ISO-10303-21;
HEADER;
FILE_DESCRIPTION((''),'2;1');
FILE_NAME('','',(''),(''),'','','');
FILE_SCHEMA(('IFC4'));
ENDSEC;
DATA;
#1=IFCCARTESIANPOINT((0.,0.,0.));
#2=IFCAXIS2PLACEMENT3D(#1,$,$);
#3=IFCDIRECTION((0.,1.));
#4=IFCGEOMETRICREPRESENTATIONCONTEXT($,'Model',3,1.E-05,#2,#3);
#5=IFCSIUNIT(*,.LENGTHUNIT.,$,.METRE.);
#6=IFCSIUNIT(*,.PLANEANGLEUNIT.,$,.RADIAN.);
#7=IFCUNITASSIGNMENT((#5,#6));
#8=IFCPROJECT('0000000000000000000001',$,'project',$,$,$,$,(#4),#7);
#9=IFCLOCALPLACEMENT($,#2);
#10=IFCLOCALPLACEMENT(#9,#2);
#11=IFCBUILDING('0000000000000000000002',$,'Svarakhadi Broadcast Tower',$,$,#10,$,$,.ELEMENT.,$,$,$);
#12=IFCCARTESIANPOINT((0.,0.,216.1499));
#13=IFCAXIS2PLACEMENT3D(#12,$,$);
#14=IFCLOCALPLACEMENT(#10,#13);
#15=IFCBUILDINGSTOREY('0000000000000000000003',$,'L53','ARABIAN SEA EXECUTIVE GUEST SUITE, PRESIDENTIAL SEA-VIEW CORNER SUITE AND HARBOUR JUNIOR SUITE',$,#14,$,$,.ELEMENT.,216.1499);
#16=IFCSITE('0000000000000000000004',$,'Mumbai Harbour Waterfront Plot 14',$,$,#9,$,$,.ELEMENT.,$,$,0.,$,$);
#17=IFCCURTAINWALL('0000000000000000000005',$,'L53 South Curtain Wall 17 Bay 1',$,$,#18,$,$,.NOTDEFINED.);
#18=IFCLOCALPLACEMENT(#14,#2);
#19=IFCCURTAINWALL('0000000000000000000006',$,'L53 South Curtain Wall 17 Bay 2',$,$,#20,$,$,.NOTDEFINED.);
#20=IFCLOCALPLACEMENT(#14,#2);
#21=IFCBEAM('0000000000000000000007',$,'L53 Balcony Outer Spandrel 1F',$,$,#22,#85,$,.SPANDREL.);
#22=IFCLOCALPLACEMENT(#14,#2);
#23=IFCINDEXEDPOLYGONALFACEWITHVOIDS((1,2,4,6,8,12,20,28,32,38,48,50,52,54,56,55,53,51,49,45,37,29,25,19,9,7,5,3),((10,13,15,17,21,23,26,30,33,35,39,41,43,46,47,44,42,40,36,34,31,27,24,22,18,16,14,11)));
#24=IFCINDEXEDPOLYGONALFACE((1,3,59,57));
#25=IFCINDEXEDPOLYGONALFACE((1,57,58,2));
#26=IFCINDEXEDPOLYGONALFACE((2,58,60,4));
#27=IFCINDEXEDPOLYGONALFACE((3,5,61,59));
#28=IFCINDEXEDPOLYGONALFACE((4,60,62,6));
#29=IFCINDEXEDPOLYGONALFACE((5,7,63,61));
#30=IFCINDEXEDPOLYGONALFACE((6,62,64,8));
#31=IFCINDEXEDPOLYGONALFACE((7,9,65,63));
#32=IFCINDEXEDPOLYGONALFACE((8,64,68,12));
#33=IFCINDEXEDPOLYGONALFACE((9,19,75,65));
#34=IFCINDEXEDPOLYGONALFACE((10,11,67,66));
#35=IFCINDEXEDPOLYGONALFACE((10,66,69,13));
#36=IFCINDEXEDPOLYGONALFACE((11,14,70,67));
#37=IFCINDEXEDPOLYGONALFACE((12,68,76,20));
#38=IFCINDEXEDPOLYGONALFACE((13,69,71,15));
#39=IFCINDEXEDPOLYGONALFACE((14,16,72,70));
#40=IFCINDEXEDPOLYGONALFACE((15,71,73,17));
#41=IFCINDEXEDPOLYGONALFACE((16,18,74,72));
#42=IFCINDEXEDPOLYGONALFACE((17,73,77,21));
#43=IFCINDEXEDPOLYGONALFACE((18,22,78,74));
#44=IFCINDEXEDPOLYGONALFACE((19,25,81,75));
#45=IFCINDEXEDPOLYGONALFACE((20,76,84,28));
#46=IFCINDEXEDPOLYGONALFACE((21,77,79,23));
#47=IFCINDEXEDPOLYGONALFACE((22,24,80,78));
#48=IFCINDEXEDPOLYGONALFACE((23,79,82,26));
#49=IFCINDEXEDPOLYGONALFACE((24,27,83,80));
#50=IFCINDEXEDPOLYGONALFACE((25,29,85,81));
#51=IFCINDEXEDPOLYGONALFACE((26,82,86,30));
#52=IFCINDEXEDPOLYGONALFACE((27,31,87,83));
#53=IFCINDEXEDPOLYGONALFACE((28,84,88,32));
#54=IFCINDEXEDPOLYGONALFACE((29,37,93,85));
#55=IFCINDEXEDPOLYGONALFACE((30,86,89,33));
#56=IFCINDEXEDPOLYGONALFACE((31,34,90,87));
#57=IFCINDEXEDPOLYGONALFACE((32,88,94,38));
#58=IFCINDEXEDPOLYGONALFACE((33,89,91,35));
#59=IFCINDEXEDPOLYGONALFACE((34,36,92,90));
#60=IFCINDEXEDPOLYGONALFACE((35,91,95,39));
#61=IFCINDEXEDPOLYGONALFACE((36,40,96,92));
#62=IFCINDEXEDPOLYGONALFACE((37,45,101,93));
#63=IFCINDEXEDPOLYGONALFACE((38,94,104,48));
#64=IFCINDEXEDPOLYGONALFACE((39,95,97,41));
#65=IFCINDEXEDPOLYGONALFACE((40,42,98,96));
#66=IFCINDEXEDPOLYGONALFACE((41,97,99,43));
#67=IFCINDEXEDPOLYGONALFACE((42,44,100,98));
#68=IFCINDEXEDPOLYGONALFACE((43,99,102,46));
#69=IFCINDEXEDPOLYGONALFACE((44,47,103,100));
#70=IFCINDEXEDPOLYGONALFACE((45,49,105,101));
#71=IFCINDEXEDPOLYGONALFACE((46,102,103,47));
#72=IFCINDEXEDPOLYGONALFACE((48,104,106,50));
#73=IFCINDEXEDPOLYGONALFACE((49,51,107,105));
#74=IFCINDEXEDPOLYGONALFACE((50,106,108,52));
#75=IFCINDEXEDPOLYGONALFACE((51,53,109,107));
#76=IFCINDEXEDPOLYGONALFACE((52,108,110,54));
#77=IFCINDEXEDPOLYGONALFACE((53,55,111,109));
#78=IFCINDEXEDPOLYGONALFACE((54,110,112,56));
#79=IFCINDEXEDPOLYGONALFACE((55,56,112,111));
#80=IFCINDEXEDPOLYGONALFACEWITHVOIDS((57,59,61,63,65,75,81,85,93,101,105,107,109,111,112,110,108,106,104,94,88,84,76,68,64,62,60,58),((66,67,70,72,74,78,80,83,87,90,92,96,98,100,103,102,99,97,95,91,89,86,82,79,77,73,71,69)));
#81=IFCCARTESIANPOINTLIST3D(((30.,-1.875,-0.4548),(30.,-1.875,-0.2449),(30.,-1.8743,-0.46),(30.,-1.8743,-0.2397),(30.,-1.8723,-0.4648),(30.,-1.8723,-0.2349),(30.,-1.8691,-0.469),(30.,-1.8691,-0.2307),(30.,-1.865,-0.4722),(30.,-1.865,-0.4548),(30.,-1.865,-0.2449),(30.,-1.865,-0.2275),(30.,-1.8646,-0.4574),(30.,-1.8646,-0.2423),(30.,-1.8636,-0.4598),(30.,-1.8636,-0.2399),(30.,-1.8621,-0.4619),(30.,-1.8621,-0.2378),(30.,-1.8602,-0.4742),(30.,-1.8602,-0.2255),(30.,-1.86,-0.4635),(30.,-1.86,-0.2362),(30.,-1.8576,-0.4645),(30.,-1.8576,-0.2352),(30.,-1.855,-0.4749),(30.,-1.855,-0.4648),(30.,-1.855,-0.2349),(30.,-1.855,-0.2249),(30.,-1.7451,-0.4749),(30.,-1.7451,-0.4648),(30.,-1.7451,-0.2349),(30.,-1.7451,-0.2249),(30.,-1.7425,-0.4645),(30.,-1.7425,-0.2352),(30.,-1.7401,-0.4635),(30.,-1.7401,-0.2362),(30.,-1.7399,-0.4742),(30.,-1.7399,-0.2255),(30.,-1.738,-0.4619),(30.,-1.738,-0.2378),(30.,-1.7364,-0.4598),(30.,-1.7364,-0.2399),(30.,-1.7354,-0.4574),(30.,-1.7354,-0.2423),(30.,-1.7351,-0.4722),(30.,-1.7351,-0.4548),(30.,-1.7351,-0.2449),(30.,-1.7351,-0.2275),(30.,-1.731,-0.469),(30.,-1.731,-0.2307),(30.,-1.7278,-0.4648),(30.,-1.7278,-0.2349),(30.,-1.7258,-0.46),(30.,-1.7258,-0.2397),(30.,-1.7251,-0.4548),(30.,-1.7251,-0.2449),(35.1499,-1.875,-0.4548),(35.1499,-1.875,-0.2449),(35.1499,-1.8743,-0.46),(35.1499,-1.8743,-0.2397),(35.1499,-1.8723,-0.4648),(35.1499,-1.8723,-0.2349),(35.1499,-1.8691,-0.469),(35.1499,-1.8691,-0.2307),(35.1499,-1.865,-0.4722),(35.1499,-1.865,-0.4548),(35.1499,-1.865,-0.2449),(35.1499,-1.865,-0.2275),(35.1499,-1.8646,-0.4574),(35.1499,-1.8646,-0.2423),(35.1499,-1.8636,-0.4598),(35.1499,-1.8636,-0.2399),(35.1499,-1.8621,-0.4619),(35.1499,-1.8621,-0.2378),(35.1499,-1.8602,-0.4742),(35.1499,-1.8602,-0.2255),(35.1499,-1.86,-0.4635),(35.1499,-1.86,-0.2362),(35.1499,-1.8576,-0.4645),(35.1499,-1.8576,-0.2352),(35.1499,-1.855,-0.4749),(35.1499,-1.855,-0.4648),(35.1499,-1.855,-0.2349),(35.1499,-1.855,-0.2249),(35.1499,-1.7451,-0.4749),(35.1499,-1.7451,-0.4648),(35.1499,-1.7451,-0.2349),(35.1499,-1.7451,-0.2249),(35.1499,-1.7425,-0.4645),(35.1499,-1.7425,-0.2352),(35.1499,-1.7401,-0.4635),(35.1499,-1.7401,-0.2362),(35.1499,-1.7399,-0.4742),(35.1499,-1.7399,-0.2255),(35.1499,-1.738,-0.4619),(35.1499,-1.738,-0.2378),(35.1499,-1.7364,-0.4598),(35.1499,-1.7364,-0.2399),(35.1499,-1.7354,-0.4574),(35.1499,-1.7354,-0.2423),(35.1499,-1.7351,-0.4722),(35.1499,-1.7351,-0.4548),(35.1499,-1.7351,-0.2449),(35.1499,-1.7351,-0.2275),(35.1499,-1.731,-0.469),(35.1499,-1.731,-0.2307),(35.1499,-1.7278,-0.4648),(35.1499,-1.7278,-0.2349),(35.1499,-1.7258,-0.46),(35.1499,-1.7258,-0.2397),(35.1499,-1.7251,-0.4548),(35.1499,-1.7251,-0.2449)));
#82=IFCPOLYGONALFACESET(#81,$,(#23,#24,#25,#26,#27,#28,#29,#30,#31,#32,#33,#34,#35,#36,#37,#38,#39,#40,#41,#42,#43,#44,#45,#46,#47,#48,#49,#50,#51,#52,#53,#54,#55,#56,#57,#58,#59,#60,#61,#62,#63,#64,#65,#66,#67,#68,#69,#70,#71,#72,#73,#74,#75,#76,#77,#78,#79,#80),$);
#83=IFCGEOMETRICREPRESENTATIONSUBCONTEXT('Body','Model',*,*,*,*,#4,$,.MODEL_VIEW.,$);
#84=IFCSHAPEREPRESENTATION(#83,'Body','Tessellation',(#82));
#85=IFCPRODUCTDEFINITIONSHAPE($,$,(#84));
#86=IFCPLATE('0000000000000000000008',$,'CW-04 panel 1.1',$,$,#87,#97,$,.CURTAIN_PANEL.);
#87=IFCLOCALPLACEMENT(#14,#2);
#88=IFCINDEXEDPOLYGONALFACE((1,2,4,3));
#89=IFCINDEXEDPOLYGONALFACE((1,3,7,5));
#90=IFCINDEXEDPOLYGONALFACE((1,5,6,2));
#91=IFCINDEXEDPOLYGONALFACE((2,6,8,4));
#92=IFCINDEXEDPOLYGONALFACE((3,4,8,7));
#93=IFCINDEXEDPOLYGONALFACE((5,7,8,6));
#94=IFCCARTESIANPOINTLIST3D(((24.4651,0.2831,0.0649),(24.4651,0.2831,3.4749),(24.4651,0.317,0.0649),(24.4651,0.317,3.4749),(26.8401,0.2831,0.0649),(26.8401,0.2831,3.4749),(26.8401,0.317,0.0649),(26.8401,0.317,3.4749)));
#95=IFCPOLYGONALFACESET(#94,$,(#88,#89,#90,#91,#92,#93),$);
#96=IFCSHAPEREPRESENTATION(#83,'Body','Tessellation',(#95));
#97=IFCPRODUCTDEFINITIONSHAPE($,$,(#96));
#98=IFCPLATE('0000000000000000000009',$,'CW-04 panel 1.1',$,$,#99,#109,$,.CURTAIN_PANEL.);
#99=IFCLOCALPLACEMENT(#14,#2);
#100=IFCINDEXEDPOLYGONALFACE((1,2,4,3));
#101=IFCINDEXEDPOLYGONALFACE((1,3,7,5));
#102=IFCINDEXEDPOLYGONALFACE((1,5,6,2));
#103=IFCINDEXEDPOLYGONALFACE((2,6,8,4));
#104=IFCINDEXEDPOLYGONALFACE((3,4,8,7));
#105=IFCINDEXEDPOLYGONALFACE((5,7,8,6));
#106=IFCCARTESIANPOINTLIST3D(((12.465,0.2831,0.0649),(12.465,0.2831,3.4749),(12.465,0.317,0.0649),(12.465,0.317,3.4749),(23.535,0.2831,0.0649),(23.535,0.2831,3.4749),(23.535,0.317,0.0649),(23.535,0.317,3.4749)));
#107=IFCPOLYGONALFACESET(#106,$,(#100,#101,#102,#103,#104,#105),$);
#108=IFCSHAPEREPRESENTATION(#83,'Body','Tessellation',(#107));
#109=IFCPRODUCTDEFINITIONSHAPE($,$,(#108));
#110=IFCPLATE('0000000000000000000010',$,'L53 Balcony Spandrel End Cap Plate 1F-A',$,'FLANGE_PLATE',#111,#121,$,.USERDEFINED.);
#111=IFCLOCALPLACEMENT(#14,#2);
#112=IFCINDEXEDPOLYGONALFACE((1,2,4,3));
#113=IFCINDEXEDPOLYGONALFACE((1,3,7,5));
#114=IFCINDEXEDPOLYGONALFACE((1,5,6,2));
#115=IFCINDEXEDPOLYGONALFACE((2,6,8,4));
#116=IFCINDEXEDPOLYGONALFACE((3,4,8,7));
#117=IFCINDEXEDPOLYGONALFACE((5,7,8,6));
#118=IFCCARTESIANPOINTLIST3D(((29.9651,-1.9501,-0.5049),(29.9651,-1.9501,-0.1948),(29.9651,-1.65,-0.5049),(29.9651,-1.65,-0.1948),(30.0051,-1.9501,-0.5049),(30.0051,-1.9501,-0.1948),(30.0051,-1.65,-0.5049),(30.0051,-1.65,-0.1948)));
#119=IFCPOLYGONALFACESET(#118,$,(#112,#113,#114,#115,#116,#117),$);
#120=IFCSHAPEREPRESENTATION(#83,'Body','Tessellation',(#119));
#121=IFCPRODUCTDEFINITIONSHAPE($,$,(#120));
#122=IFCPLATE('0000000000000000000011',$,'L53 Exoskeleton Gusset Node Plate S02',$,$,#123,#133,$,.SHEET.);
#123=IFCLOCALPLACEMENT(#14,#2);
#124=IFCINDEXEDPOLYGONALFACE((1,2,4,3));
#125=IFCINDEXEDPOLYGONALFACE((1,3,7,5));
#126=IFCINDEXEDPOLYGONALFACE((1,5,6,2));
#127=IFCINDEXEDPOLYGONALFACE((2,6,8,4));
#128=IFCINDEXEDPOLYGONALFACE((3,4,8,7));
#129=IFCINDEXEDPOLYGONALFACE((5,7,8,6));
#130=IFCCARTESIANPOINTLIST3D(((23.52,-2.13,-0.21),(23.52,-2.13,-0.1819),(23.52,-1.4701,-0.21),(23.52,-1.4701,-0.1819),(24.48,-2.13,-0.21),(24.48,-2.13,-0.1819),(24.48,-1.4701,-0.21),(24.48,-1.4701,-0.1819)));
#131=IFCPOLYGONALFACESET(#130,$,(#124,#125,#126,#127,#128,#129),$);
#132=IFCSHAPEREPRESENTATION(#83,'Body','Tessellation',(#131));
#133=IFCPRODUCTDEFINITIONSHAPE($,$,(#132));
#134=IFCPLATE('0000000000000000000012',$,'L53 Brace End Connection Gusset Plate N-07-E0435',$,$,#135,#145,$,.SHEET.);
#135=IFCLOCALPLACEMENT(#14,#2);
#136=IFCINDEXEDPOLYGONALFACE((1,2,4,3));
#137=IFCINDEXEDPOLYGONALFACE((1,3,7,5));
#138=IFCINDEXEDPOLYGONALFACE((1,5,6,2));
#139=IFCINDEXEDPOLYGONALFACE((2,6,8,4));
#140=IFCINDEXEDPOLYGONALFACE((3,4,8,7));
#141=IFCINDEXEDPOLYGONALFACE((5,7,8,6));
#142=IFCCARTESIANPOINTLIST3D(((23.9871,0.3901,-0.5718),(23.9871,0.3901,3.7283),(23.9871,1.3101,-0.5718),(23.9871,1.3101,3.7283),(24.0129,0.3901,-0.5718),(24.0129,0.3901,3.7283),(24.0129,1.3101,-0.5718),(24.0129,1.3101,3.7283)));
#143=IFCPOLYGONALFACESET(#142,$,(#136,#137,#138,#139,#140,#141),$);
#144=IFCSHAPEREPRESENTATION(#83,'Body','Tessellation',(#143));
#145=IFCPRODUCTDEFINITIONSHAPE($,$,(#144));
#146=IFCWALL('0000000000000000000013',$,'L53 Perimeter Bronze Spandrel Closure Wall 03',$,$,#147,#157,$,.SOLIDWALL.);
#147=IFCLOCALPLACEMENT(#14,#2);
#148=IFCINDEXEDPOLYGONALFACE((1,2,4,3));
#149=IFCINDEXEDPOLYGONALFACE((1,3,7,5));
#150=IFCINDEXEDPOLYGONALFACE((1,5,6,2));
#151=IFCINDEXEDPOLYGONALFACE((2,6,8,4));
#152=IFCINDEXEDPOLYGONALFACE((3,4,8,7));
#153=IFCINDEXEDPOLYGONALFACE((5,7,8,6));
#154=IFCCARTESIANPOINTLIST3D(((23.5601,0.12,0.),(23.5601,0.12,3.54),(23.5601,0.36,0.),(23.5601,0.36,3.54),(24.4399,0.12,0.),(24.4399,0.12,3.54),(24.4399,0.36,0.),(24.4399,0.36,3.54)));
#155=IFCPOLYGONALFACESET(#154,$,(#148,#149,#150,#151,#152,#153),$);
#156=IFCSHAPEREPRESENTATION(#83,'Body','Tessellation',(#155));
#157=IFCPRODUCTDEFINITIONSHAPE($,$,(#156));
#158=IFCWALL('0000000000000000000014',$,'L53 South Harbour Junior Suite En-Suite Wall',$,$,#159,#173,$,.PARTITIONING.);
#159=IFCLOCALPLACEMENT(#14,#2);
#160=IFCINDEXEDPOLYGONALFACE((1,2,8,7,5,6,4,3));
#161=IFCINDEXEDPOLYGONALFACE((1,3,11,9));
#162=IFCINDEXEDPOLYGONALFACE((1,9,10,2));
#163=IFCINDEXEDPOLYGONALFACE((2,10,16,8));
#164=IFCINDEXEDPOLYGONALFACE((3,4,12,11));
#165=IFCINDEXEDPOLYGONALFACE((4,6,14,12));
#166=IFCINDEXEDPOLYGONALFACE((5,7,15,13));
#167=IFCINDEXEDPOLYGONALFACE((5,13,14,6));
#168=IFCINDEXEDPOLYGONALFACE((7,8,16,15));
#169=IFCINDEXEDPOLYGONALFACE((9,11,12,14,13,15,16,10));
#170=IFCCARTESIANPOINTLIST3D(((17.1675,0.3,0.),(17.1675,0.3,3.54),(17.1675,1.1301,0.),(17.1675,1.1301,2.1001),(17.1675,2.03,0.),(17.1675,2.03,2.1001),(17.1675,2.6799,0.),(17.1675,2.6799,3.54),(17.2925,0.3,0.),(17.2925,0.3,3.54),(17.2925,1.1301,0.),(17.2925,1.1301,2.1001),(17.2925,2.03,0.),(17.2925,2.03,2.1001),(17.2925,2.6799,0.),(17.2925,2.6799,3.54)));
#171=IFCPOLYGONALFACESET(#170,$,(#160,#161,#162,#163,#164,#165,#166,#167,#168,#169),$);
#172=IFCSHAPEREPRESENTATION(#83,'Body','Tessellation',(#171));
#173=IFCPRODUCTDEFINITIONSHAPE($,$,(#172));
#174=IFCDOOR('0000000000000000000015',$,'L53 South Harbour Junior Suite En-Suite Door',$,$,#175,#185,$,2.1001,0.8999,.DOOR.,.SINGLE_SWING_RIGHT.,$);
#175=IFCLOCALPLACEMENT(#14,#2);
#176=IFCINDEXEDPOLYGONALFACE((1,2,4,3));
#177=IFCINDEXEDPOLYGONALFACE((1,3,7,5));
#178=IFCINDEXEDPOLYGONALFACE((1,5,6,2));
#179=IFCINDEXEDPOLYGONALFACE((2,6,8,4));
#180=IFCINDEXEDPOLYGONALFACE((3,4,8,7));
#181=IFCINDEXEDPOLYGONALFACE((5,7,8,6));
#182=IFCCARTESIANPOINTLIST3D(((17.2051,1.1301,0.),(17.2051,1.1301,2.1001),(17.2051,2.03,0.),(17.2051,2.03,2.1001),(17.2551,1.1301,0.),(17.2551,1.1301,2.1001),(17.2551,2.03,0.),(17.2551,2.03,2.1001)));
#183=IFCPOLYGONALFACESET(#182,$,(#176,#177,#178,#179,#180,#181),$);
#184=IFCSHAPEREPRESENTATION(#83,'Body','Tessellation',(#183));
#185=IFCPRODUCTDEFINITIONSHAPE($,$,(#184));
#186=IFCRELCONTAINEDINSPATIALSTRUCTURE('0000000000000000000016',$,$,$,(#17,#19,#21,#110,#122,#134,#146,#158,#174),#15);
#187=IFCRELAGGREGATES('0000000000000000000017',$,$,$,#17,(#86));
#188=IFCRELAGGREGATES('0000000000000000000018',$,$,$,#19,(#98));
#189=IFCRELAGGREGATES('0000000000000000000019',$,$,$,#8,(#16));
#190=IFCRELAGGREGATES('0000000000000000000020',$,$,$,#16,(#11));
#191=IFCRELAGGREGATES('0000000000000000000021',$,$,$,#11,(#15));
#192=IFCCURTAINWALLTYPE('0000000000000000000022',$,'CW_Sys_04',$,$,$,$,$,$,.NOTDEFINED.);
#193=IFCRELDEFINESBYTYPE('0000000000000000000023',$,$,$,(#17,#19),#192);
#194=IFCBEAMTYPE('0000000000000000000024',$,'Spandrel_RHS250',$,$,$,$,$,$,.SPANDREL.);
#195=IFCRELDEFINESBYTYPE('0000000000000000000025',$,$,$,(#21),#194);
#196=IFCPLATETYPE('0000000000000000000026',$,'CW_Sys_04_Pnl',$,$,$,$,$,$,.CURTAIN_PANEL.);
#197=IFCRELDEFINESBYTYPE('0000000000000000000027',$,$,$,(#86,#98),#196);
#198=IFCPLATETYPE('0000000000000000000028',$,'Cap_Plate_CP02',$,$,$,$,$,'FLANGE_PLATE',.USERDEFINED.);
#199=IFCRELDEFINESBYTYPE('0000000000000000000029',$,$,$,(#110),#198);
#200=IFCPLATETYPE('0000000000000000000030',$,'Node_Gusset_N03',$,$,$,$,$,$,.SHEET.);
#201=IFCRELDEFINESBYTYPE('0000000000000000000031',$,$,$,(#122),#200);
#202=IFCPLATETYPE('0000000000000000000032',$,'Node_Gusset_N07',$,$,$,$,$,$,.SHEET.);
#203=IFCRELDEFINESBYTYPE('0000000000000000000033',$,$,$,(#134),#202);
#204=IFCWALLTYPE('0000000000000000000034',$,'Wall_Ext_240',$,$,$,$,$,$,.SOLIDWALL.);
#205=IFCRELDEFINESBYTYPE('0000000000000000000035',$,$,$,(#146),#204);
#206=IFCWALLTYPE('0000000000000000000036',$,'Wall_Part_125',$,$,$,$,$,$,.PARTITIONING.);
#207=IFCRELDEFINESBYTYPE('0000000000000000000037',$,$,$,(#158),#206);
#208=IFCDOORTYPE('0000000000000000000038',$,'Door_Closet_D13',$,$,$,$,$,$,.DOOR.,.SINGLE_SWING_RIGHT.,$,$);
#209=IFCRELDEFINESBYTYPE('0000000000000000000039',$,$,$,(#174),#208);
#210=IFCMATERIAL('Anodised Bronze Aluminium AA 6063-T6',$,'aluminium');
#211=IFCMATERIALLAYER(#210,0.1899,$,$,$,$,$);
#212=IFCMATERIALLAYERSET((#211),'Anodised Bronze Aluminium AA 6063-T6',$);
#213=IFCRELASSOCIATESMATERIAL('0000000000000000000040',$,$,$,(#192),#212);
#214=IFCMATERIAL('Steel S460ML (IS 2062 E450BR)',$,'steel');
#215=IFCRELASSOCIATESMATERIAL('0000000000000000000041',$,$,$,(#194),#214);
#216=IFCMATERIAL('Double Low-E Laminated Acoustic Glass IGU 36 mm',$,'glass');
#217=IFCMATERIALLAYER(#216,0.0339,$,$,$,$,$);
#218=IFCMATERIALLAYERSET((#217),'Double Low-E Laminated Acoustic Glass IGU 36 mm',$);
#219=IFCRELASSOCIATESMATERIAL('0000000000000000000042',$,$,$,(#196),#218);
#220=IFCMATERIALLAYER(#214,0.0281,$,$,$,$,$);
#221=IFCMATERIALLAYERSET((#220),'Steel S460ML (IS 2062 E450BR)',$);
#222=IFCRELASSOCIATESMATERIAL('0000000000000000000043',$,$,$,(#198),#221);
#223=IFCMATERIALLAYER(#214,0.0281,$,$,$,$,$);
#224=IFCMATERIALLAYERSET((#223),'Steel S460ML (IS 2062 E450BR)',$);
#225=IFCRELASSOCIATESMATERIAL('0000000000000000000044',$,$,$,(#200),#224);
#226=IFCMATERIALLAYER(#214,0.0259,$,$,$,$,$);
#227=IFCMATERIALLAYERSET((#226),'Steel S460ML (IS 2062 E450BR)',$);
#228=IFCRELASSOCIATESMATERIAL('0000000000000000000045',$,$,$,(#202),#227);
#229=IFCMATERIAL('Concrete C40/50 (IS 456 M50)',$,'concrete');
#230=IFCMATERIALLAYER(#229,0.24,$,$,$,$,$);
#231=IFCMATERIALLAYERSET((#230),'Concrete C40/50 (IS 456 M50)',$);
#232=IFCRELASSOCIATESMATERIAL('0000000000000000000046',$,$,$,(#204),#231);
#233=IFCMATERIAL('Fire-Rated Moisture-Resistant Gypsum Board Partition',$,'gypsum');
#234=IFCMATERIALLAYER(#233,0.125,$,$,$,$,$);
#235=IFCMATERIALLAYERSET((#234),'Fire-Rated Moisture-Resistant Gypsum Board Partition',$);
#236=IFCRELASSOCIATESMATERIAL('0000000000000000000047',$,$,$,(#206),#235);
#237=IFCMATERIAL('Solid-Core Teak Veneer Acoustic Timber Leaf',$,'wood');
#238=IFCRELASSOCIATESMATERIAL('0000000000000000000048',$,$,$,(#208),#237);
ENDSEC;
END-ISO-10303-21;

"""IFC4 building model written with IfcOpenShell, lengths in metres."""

from ifc_helpers import new_model, si_unit, direction, frame, frame_2d, origin, origin_2d, place, context, subcontext, project, spatial, rectangle, hollow_rectangle, extrude, material, layer, layer_set, material_profile, profile_set, type_object, element, fill, aggregate, save


model = new_model("IFC4")

# Units and contexts
model_context = context("Model", 3, precision=1e-05, world=origin(), true_north=direction((0.0, 1.0)))
body_context = subcontext(model_context, "Body", "Model", "MODEL_VIEW")
ifc_project = project(units=[si_unit("LENGTHUNIT", "METRE"), si_unit("PLANEANGLEUNIT", "RADIAN")], contexts=[model_context])

# Site, building, storey
site_placement = place(None, origin())
site = spatial("IfcSite", under=ifc_project, at=site_placement, Name="Mumbai Harbour Waterfront Plot 14", CompositionType="ELEMENT", RefElevation=0.0)
building_placement = place(site_placement, origin())
building = spatial("IfcBuilding", under=site, at=building_placement, Name="Svarakhadi Broadcast Tower", CompositionType="ELEMENT")
storey_placement = place(building_placement, frame((0.0, 0.0, 216.1499)))
storey = spatial("IfcBuildingStorey", under=building, at=storey_placement, Name="L53", Description="ARABIAN SEA EXECUTIVE GUEST SUITE, PRESIDENTIAL SEA-VIEW CORNER SUITE AND HARBOUR JUNIOR SUITE", CompositionType="ELEMENT", Elevation=216.1499)

# Shared definitions
ifc_material_1 = material(Name="Steel S460ML (IS 2062 E450BR)", Category="steel")

# Curtain wall
ifc_material_2 = material(Name="Anodised Bronze Aluminium AA 6063-T6", Category="aluminium")
ifc_layer_1 = layer(ifc_material_2, 0.1899)
ifc_layer_set_1 = layer_set([ifc_layer_1], Name="Anodised Bronze Aluminium AA 6063-T6")
curtain_wall_type = type_object("IfcCurtainWallType", Name="CW_Sys_04", PredefinedType="NOTDEFINED", material=ifc_layer_set_1)
curtain_wall_1_placement = place(storey_placement, origin())
curtain_wall_1 = element("IfcCurtainWall", 1, at=curtain_wall_1_placement, inside=storey, type_object=curtain_wall_type, Name="L53 South Curtain Wall 17 Bay 1", PredefinedType="NOTDEFINED")

# Curtain wall
curtain_wall_2_placement = place(storey_placement, origin())
curtain_wall_2 = element("IfcCurtainWall", 2, at=curtain_wall_2_placement, inside=storey, type_object=curtain_wall_type, Name="L53 South Curtain Wall 17 Bay 2", PredefinedType="NOTDEFINED")

# Beam
ifc_material_profile_1 = material_profile(ifc_material_1, hollow_rectangle(XDim=0.1499, YDim=0.25, WallThickness=0.01, InnerFilletRadius=0.01, OuterFilletRadius=0.02, at=origin_2d()), Name="RHS 250x150x10")
ifc_profile_set_1 = profile_set([ifc_material_profile_1], Name="Steel S460ML (IS 2062 E450BR)")
beam_type_1 = type_object("IfcBeamType", Name="Spandrel_RHS250", PredefinedType="SPANDREL", material=ifc_profile_set_1)
beam_placement = place(storey_placement, frame((30.0, -1.8, -0.3499), z_axis=(1.0, 0.0, 0.0), x_axis=(0.0, 1.0, 0.0)))
element("IfcBeam", 3, at=beam_placement, inside=storey, type_object=beam_type_1, Name="L53 Balcony Outer Spandrel 1F", PredefinedType="SPANDREL", context=body_context, shape_type="SweptSolid", body=[
    extrude(hollow_rectangle(XDim=0.1499, YDim=0.25, WallThickness=0.01, InnerFilletRadius=0.01, OuterFilletRadius=0.02, at=origin_2d()), origin(), (0.0, 0.0, 1.0), 5.1499),
])

# Plates
ifc_material_3 = material(Name="Double Low-E Laminated Acoustic Glass IGU 36 mm", Category="glass")
ifc_layer_2 = layer(ifc_material_3, 0.0339)
ifc_layer_set_2 = layer_set([ifc_layer_2], Name="Double Low-E Laminated Acoustic Glass IGU 36 mm")
plate_type_1 = type_object("IfcPlateType", Name="CW_Sys_04_Pnl", PredefinedType="CURTAIN_PANEL", material=ifc_layer_set_2)
plate_1_placement = place(storey_placement, frame((25.6526, 0.3, 0.0649), z_axis=(0.0, 0.0, 1.0), x_axis=(-1.0, 0.0, 0.0)))
plate_1 = element("IfcPlate", 4, at=plate_1_placement, type_object=plate_type_1, Name="CW-04 panel 1.1", PredefinedType="CURTAIN_PANEL", context=body_context, shape_type="SweptSolid", body=[
    extrude(rectangle(XDim=2.375, YDim=0.0339, at=origin_2d()), origin(), (0.0, 0.0, 1.0), 3.4099),
])
aggregate(curtain_wall_1, [plate_1])
plate_2_placement = place(storey_placement, frame((18.0, 0.3, 0.0649), z_axis=(0.0, 0.0, 1.0), x_axis=(-1.0, 0.0, 0.0)))
plate_2 = element("IfcPlate", 5, at=plate_2_placement, type_object=plate_type_1, Name="CW-04 panel 1.1", PredefinedType="CURTAIN_PANEL", context=body_context, shape_type="SweptSolid", body=[
    extrude(rectangle(XDim=11.0701, YDim=0.0339, at=origin_2d()), origin(), (0.0, 0.0, 1.0), 3.4099),
])
aggregate(curtain_wall_2, [plate_2])

# Plates
ifc_layer_3 = layer(ifc_material_1, 0.0281)
ifc_layer_set_3 = layer_set([ifc_layer_3], Name="Steel S460ML (IS 2062 E450BR)")
plate_type_2 = type_object("IfcPlateType", Name="Cap_Plate_CP02", ElementType="FLANGE_PLATE", PredefinedType="USERDEFINED", material=ifc_layer_set_3)
plate_3_placement = place(storey_placement, frame((29.9851, -1.8, -0.5049), z_axis=(0.0, 0.0, 1.0), x_axis=(1.0, 0.0, 0.0)))
element("IfcPlate", 6, at=plate_3_placement, inside=storey, type_object=plate_type_2, Name="L53 Balcony Spandrel End Cap Plate 1F-A", ObjectType="FLANGE_PLATE", PredefinedType="USERDEFINED", context=body_context, shape_type="SweptSolid", body=[
    extrude(rectangle(XDim=0.04, YDim=0.3, at=origin_2d()), origin(), (0.0, 0.0, 1.0), 0.3101),
])
ifc_layer_4 = layer(ifc_material_1, 0.0281)
ifc_layer_set_4 = layer_set([ifc_layer_4], Name="Steel S460ML (IS 2062 E450BR)")
plate_type_3 = type_object("IfcPlateType", Name="Node_Gusset_N03", PredefinedType="SHEET", material=ifc_layer_set_4)
plate_4_placement = place(storey_placement, frame((24.0, -1.8, -0.21), z_axis=(0.0, 0.0, 1.0), x_axis=(1.0, 0.0, 0.0)))
element("IfcPlate", 7, at=plate_4_placement, inside=storey, type_object=plate_type_3, Name="L53 Exoskeleton Gusset Node Plate S02", PredefinedType="SHEET", context=body_context, shape_type="SweptSolid", body=[
    extrude(rectangle(XDim=0.96, YDim=0.6599, at=origin_2d()), origin(), (0.0, 0.0, 1.0), 0.0281),
])
ifc_layer_5 = layer(ifc_material_1, 0.0259)
ifc_layer_set_5 = layer_set([ifc_layer_5], Name="Steel S460ML (IS 2062 E450BR)")
plate_type_4 = type_object("IfcPlateType", Name="Node_Gusset_N07", PredefinedType="SHEET", material=ifc_layer_set_5)
plate_5_placement = place(storey_placement, frame((24.0, 0.8501, -0.5718), z_axis=(0.0, 0.0, 1.0), x_axis=(0.0, 1.0, 0.0)))
element("IfcPlate", 8, at=plate_5_placement, inside=storey, type_object=plate_type_4, Name="L53 Brace End Connection Gusset Plate N-07-E0435", PredefinedType="SHEET", context=body_context, shape_type="SweptSolid", body=[
    extrude(rectangle(XDim=0.9199, YDim=0.0259, at=origin_2d()), origin(), (0.0, 0.0, 1.0), 4.3),
])

# Wall
ifc_material_4 = material(Name="Concrete C40/50 (IS 456 M50)", Category="concrete")
ifc_layer_6 = layer(ifc_material_4, 0.24)
ifc_layer_set_6 = layer_set([ifc_layer_6], Name="Concrete C40/50 (IS 456 M50)")
wall_type_1 = type_object("IfcWallType", Name="Wall_Ext_240", PredefinedType="SOLIDWALL", material=ifc_layer_set_6)
wall_1_placement = place(storey_placement, frame((24.4399, 0.24, 0.0), z_axis=(0.0, 0.0, 1.0), x_axis=(-1.0, 0.0, 0.0)))
element("IfcWall", 9, at=wall_1_placement, inside=storey, type_object=wall_type_1, Name="L53 Perimeter Bronze Spandrel Closure Wall 03", PredefinedType="SOLIDWALL", context=body_context, shape_type="SweptSolid", body=[
    extrude(rectangle(XDim=0.8799, YDim=0.24, at=frame_2d((0.4399, 0.0))), origin(), (0.0, 0.0, 1.0), 3.54),
])

# Wall, opening, door
ifc_material_5 = material(Name="Fire-Rated Moisture-Resistant Gypsum Board Partition", Category="gypsum")
ifc_layer_7 = layer(ifc_material_5, 0.125)
ifc_layer_set_7 = layer_set([ifc_layer_7], Name="Fire-Rated Moisture-Resistant Gypsum Board Partition")
wall_type_2 = type_object("IfcWallType", Name="Wall_Part_125", PredefinedType="PARTITIONING", material=ifc_layer_set_7)
wall_2_placement = place(storey_placement, frame((17.23, 0.3, 0.0), z_axis=(0.0, 0.0, 1.0), x_axis=(0.0, 1.0, 0.0)))
wall_2 = element("IfcWall", 10, at=wall_2_placement, inside=storey, type_object=wall_type_2, Name="L53 South Harbour Junior Suite En-Suite Wall", PredefinedType="PARTITIONING", context=body_context, shape_type="SweptSolid", body=[
    extrude(rectangle(XDim=2.3799, YDim=0.125, at=frame_2d((1.1899, 0.0))), origin(), (0.0, 0.0, 1.0), 3.54),
])
opening_placement = place(wall_2_placement, frame((0.8301, 0.0, 0.0)))
opening = element("IfcOpeningElement", 11, at=opening_placement, cuts=wall_2, PredefinedType="OPENING", context=body_context, shape_type="SweptSolid", body=[
    extrude(rectangle(XDim=0.8999, YDim=2.1001, at=frame_2d((0.45, 1.05))), frame((0.0, 0.0725, 0.0), z_axis=(0.0, -1.0, 0.0), x_axis=(1.0, 0.0, 0.0)), (0.0, 0.0, 1.0), 0.145),
])
ifc_material_6 = material(Name="Solid-Core Teak Veneer Acoustic Timber Leaf", Category="wood")
door_type = type_object("IfcDoorType", Name="Door_Closet_D13", OperationType="SINGLE_SWING_RIGHT", PredefinedType="DOOR", material=ifc_material_6)
door_placement = place(opening_placement, origin())
door = element("IfcDoor", 12, at=door_placement, inside=storey, type_object=door_type, Name="L53 South Harbour Junior Suite En-Suite Door", OperationType="SINGLE_SWING_RIGHT", OverallHeight=2.1001, OverallWidth=0.8999, PredefinedType="DOOR", context=body_context, shape_type="SweptSolid", body=[
    extrude(rectangle(XDim=0.8999, YDim=2.1001, at=frame_2d((0.45, 1.05))), frame((0.0, 0.0249, 0.0), z_axis=(0.0, -1.0, 0.0), x_axis=(1.0, 0.0, 0.0)), (0.0, 0.0, 1.0), 0.05),
])
fill(opening, door)

save(model, "model.ifc")
